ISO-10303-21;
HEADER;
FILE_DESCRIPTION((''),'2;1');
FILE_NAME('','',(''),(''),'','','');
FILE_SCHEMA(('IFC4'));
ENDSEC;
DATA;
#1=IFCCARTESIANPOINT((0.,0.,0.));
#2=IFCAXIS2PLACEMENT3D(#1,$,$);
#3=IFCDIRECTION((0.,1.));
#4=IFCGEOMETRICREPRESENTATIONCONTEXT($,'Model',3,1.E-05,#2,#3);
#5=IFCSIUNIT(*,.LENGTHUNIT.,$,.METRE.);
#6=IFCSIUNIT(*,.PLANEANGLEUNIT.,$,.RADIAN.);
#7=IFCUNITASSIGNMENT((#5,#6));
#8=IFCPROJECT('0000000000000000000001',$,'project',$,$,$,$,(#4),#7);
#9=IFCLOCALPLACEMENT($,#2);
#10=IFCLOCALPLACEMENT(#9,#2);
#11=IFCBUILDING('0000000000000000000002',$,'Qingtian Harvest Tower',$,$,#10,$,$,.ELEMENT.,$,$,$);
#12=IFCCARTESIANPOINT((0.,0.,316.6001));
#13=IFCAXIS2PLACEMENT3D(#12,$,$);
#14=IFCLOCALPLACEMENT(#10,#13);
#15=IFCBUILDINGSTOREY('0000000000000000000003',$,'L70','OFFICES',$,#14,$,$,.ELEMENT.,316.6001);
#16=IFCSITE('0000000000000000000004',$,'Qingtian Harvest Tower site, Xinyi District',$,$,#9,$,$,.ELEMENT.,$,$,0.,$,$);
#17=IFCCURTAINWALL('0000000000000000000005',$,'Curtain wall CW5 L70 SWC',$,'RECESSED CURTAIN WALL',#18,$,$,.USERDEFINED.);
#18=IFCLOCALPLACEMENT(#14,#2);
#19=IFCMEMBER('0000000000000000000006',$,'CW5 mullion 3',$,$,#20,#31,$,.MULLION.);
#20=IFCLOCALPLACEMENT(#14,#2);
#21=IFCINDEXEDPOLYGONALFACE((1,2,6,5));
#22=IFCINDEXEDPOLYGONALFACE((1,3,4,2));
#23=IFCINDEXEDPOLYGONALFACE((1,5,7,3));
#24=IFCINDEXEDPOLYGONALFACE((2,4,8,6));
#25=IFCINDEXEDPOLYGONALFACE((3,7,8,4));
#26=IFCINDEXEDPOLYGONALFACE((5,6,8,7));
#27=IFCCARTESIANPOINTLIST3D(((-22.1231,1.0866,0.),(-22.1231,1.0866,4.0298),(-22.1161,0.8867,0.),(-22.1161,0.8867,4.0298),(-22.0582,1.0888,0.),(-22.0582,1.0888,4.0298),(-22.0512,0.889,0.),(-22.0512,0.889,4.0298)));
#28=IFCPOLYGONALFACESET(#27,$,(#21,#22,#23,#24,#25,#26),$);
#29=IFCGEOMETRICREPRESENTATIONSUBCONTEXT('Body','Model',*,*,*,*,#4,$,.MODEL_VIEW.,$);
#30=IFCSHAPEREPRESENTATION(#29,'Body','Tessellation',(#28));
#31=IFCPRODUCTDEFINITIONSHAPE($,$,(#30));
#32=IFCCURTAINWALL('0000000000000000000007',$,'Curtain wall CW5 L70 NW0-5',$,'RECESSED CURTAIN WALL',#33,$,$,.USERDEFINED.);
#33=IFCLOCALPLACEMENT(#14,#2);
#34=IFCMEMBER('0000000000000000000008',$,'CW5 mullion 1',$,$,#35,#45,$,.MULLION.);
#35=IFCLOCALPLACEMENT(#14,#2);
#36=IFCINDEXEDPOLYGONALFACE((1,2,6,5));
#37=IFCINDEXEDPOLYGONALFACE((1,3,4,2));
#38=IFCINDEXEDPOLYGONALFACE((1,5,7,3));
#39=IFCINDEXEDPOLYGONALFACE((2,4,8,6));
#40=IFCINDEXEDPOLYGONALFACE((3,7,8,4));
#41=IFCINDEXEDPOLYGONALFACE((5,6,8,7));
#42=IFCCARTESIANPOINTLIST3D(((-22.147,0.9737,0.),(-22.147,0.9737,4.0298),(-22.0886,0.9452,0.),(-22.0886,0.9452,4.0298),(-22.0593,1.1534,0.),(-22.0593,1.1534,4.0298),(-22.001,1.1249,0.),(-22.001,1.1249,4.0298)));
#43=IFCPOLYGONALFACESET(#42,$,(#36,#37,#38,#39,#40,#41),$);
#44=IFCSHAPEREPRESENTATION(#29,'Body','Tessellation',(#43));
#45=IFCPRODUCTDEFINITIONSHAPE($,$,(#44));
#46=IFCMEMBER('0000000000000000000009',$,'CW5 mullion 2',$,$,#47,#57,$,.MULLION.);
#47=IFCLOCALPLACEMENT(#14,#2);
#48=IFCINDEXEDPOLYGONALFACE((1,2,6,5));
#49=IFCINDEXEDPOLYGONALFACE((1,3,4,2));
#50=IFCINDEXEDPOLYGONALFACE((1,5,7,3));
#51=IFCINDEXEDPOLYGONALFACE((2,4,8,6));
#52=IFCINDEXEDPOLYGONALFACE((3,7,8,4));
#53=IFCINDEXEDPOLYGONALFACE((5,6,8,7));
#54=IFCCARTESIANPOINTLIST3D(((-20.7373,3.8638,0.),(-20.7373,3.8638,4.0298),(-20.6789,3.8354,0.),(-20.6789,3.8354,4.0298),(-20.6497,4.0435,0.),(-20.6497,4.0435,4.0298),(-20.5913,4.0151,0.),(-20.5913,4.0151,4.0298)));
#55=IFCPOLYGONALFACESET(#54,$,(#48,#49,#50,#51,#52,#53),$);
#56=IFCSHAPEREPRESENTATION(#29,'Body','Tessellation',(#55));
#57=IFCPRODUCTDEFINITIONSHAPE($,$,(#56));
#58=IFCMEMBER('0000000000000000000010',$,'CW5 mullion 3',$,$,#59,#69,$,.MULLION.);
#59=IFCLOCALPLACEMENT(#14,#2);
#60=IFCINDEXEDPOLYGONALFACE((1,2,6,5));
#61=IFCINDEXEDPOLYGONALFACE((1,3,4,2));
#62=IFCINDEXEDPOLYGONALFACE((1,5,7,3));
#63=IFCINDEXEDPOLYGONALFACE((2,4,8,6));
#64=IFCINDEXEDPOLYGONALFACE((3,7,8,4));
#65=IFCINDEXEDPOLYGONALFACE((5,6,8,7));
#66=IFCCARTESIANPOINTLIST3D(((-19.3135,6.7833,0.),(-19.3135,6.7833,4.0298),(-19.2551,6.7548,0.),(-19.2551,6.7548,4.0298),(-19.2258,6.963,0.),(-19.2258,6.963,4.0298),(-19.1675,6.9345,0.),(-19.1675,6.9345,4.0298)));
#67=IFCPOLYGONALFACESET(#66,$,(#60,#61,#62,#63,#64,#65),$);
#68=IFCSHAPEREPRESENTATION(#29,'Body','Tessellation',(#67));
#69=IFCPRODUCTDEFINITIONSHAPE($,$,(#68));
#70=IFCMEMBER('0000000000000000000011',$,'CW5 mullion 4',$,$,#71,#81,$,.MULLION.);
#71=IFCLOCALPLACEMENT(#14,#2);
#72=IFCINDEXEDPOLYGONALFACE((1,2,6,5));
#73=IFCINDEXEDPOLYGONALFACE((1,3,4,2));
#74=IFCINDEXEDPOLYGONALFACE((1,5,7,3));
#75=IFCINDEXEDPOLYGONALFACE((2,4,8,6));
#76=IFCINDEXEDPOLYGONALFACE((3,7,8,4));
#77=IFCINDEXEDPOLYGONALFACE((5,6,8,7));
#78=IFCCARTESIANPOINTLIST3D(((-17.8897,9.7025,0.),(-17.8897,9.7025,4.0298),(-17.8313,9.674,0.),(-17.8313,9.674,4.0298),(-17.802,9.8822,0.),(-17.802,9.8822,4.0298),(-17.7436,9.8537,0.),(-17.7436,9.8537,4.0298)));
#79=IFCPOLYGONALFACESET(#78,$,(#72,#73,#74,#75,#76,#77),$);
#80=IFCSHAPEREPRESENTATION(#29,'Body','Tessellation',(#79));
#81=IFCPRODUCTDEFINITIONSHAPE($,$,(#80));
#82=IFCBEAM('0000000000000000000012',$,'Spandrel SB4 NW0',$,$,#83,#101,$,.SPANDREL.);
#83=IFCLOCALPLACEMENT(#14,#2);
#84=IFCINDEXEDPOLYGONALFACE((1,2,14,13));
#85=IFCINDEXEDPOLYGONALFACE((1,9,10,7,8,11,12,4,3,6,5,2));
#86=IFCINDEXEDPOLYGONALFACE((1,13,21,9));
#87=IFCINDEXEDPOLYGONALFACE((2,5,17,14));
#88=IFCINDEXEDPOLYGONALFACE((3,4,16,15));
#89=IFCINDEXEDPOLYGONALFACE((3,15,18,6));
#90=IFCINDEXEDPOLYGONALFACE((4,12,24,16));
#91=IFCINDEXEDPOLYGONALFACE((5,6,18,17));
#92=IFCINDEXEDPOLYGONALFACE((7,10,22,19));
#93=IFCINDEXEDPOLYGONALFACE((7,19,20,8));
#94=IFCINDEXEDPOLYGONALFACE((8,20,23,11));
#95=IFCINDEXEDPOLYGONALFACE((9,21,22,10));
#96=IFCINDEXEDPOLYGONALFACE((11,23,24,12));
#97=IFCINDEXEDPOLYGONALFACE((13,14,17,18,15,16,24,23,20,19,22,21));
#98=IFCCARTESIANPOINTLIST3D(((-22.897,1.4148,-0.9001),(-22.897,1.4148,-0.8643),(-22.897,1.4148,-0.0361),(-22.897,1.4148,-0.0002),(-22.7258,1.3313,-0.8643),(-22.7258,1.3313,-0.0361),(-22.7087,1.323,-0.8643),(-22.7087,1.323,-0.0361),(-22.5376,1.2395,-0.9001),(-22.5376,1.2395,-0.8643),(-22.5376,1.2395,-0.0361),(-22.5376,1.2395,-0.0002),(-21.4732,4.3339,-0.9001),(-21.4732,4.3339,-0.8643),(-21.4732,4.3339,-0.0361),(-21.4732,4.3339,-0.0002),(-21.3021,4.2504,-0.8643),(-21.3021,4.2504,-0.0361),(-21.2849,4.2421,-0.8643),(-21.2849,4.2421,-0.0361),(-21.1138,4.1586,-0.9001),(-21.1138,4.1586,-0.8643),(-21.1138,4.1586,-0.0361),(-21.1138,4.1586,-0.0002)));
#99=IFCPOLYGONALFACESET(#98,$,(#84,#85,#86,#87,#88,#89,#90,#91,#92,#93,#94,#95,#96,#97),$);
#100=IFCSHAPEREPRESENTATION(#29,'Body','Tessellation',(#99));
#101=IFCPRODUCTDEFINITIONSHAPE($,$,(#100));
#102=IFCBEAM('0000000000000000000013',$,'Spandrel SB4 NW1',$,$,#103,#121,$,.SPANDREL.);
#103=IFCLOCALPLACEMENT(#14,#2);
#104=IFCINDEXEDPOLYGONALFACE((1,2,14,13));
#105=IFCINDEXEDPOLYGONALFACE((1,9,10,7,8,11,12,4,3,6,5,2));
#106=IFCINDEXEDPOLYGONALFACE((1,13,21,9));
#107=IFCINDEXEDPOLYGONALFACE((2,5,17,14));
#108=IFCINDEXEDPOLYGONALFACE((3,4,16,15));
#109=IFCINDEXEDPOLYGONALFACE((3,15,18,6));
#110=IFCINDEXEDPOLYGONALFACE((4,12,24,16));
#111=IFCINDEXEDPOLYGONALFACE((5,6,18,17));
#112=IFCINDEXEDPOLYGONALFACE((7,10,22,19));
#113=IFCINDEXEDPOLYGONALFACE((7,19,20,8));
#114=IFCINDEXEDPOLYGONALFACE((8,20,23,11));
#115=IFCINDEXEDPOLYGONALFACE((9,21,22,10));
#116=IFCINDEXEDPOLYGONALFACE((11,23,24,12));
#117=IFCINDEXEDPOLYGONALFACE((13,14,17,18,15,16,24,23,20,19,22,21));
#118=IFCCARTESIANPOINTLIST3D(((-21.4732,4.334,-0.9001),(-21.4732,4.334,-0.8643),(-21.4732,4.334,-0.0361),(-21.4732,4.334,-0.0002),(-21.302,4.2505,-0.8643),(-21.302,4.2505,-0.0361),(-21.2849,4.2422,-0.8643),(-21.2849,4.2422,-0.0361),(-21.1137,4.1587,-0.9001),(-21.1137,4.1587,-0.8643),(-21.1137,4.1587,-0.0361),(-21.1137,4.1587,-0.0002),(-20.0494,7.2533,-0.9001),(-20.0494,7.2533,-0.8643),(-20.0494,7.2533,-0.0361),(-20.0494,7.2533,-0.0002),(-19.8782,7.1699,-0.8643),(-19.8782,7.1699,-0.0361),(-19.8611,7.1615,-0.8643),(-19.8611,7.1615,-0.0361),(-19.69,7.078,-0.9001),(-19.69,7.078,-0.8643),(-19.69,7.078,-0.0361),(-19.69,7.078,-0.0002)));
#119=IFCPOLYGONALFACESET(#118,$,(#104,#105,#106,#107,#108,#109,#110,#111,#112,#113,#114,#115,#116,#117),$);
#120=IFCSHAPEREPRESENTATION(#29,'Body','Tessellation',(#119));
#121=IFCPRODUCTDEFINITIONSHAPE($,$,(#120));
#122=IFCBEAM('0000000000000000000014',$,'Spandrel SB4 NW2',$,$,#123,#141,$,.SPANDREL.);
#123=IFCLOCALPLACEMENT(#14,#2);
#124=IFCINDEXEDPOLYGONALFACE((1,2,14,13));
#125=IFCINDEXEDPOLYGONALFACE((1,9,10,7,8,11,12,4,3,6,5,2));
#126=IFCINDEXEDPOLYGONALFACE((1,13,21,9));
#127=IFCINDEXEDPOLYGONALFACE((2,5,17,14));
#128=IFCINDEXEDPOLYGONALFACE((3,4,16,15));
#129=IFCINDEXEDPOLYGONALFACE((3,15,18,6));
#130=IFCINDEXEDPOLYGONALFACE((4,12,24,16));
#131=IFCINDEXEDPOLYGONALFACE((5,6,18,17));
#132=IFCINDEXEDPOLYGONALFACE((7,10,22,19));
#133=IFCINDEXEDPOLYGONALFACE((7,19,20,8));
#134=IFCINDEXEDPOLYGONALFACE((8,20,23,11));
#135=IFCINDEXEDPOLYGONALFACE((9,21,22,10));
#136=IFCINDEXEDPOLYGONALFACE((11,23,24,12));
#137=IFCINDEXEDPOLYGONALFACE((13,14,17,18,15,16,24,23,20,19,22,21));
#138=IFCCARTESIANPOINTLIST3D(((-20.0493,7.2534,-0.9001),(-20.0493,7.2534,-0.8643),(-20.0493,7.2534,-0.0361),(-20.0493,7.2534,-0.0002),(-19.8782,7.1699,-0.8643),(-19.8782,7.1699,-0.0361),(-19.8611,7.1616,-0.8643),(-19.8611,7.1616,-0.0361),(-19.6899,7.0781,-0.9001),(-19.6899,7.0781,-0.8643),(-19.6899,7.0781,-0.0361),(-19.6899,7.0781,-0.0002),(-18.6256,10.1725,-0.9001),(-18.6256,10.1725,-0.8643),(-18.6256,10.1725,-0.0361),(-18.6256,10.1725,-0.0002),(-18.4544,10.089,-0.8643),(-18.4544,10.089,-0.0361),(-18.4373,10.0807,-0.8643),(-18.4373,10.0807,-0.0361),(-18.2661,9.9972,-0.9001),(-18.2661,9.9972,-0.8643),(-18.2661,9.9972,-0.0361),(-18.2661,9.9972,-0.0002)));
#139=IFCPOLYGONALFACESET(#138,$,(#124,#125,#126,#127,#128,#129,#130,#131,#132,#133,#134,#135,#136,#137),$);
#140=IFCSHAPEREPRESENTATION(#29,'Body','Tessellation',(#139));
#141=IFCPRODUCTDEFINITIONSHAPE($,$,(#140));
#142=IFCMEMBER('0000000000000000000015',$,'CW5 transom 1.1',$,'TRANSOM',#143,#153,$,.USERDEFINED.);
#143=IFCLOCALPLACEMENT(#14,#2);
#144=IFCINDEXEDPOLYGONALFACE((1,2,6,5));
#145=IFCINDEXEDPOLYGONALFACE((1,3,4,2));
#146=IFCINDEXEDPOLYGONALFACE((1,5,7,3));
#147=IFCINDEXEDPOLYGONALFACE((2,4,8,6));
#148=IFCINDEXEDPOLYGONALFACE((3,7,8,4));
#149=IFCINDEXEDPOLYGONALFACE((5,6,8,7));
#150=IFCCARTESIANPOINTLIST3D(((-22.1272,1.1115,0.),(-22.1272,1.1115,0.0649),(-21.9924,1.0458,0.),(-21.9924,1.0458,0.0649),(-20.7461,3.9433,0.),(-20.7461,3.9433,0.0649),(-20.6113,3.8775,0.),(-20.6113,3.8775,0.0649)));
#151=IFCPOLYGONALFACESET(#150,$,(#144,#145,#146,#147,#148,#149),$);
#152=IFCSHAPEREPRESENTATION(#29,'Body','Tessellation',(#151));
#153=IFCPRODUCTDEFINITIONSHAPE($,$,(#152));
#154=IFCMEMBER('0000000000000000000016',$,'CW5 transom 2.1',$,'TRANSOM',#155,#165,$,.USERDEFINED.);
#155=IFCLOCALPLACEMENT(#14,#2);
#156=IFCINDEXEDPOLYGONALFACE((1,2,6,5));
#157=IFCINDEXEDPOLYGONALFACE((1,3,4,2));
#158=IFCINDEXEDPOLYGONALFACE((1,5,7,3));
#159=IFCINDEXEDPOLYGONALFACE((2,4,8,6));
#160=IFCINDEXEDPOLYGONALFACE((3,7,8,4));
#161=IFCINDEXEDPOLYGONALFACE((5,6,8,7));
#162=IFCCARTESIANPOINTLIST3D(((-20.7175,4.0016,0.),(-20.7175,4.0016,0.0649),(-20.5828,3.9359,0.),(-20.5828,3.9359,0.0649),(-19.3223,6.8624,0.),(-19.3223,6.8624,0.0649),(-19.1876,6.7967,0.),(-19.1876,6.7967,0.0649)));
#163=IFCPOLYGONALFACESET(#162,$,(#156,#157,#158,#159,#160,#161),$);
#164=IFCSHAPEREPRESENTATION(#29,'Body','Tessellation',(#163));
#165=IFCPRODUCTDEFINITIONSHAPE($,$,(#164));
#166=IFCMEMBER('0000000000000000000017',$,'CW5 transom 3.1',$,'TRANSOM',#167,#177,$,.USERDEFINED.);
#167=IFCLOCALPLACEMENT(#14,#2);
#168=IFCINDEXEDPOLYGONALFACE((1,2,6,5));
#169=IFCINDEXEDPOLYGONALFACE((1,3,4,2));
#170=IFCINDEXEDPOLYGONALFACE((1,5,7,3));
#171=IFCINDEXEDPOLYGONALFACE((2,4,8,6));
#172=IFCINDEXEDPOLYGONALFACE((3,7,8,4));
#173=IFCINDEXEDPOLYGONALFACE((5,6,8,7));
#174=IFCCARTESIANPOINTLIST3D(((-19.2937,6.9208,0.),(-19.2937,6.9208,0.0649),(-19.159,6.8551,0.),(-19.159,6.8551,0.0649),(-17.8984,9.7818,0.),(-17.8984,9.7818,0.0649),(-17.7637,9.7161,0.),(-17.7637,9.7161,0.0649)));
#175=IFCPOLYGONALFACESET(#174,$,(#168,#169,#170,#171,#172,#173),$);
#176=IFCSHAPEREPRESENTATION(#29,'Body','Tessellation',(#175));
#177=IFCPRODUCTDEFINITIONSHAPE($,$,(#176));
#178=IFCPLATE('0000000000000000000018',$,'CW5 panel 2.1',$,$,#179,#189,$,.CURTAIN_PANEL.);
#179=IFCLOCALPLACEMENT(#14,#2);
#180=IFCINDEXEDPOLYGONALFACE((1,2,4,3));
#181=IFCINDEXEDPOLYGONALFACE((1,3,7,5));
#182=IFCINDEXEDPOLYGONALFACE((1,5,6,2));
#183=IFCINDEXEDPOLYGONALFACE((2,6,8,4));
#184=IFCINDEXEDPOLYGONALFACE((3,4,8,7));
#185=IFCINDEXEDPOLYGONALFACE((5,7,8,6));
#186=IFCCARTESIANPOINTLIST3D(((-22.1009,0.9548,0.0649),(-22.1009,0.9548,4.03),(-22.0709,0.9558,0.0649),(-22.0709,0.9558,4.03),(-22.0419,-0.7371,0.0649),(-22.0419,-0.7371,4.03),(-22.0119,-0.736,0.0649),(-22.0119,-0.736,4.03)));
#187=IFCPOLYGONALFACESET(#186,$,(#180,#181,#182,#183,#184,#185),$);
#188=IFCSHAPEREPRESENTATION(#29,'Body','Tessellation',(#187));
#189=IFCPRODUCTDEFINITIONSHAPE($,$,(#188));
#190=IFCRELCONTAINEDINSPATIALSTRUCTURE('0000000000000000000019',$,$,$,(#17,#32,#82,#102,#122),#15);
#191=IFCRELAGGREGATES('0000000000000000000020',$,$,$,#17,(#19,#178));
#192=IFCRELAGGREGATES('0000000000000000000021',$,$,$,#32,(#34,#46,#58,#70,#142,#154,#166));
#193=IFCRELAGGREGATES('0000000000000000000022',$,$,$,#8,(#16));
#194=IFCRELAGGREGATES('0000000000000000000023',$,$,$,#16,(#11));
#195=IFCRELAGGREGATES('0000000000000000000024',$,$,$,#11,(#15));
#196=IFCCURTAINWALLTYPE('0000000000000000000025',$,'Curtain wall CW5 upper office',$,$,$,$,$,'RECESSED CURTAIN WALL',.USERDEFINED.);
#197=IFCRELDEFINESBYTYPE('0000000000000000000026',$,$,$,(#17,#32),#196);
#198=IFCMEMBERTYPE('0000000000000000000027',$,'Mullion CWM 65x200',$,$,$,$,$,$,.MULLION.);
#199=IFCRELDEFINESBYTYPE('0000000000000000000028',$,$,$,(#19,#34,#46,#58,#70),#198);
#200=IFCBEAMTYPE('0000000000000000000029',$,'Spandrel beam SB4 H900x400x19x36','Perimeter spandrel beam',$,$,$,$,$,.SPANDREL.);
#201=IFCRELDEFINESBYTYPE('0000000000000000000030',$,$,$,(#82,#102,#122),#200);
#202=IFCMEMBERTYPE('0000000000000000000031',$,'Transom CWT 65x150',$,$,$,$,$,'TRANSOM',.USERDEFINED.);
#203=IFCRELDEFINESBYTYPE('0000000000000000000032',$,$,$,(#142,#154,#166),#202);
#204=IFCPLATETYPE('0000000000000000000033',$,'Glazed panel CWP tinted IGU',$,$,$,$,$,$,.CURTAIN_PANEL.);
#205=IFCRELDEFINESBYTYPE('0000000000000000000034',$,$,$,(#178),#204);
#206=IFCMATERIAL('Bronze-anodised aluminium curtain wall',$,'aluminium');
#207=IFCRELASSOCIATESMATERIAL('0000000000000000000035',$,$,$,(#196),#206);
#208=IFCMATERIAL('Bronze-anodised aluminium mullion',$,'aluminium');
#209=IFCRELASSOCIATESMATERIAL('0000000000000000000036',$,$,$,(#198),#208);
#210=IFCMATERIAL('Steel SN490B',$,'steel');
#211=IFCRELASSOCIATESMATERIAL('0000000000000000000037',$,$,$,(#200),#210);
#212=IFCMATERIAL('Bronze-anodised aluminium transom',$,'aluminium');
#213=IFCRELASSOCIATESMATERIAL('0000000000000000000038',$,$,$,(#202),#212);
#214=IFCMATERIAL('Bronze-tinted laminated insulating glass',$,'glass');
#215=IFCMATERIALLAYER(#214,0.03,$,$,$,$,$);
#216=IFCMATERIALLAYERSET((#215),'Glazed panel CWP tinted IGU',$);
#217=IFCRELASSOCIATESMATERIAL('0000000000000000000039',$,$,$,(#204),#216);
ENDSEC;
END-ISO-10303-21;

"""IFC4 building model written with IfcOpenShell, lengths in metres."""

from ifc_helpers import new_model, si_unit, direction, frame, origin, origin_2d, place, context, subcontext, project, spatial, rectangle, i_section, extrude, material, layer, layer_set, material_profile, profile_set, type_object, element, aggregate, save


model = new_model("IFC4")

# Units and contexts
model_context = context("Model", 3, precision=1e-05, world=origin(), true_north=direction((0.0, 1.0)))
body_context = subcontext(model_context, "Body", "Model", "MODEL_VIEW")
ifc_project = project(units=[si_unit("LENGTHUNIT", "METRE"), si_unit("PLANEANGLEUNIT", "RADIAN")], contexts=[model_context])

# Site, building, storey
site_placement = place(None, origin())
site = spatial("IfcSite", under=ifc_project, at=site_placement, Name="Qingtian Harvest Tower site, Xinyi District", CompositionType="ELEMENT", RefElevation=0.0)
building_placement = place(site_placement, origin())
building = spatial("IfcBuilding", under=site, at=building_placement, Name="Qingtian Harvest Tower", CompositionType="ELEMENT")
storey_placement = place(building_placement, frame((0.0, 0.0, 316.6001)))
storey = spatial("IfcBuildingStorey", under=building, at=storey_placement, Name="L70", Description="OFFICES", CompositionType="ELEMENT", Elevation=316.6001)

# Curtain wall, member
ifc_material_1 = material(Name="Bronze-anodised aluminium curtain wall", Category="aluminium")
curtain_wall_type = type_object("IfcCurtainWallType", Name="Curtain wall CW5 upper office", ElementType="RECESSED CURTAIN WALL", PredefinedType="USERDEFINED", material=ifc_material_1)
curtain_wall_1_placement = place(storey_placement, origin())
curtain_wall_1 = element("IfcCurtainWall", 1, at=curtain_wall_1_placement, inside=storey, type_object=curtain_wall_type, Name="Curtain wall CW5 L70 SWC", ObjectType="RECESSED CURTAIN WALL", PredefinedType="USERDEFINED")
ifc_material_2 = material(Name="Bronze-anodised aluminium mullion", Category="aluminium")
ifc_material_profile_1 = material_profile(ifc_material_2, rectangle(XDim=0.0649, YDim=0.2, at=origin_2d()), Name="AL 65x200")
ifc_profile_set_1 = profile_set([ifc_material_profile_1], Name="Bronze-anodised aluminium mullion")
member_type_1 = type_object("IfcMemberType", Name="Mullion CWM 65x200", PredefinedType="MULLION", material=ifc_profile_set_1)
member_1_placement = place(storey_placement, frame((-22.0872, 0.9878, 0.0), z_axis=(0.0, 0.0, 1.0), x_axis=(-0.999391, -0.034899, 0.0)))
member_1 = element("IfcMember", 2, at=member_1_placement, type_object=member_type_1, Name="CW5 mullion 3", PredefinedType="MULLION", context=body_context, shape_type="SweptSolid", body=[
    extrude(rectangle(XDim=0.0649, YDim=0.2, at=origin_2d()), origin(), (0.0, 0.0, 1.0), 4.0298),
])

# Curtain wall, members
curtain_wall_2_placement = place(storey_placement, origin())
curtain_wall_2 = element("IfcCurtainWall", 3, at=curtain_wall_2_placement, inside=storey, type_object=curtain_wall_type, Name="Curtain wall CW5 L70 NW0-5", ObjectType="RECESSED CURTAIN WALL", PredefinedType="USERDEFINED")
member_2_placement = place(storey_placement, frame((-22.074, 1.0493, 0.0), z_axis=(0.0, 0.0, 1.0), x_axis=(-0.898794, 0.438371, 0.0)))
member_2 = element("IfcMember", 4, at=member_2_placement, type_object=member_type_1, Name="CW5 mullion 1", PredefinedType="MULLION", context=body_context, shape_type="SweptSolid", body=[
    extrude(rectangle(XDim=0.0649, YDim=0.2, at=origin_2d()), origin(), (0.0, 0.0, 1.0), 4.0298),
])
member_3_placement = place(storey_placement, frame((-20.6643, 3.9395, 0.0), z_axis=(0.0, 0.0, 1.0), x_axis=(-0.898794, 0.438371, 0.0)))
member_3 = element("IfcMember", 5, at=member_3_placement, type_object=member_type_1, Name="CW5 mullion 2", PredefinedType="MULLION", context=body_context, shape_type="SweptSolid", body=[
    extrude(rectangle(XDim=0.0649, YDim=0.2, at=origin_2d()), origin(), (0.0, 0.0, 1.0), 4.0298),
])
member_4_placement = place(storey_placement, frame((-19.2405, 6.8589, 0.0), z_axis=(0.0, 0.0, 1.0), x_axis=(-0.898794, 0.438371, 0.0)))
member_4 = element("IfcMember", 6, at=member_4_placement, type_object=member_type_1, Name="CW5 mullion 3", PredefinedType="MULLION", context=body_context, shape_type="SweptSolid", body=[
    extrude(rectangle(XDim=0.0649, YDim=0.2, at=origin_2d()), origin(), (0.0, 0.0, 1.0), 4.0298),
])
member_5_placement = place(storey_placement, frame((-17.8167, 9.7781, 0.0), z_axis=(0.0, 0.0, 1.0), x_axis=(-0.898794, 0.438371, 0.0)))
member_5 = element("IfcMember", 7, at=member_5_placement, type_object=member_type_1, Name="CW5 mullion 4", PredefinedType="MULLION", context=body_context, shape_type="SweptSolid", body=[
    extrude(rectangle(XDim=0.0649, YDim=0.2, at=origin_2d()), origin(), (0.0, 0.0, 1.0), 4.0298),
])

# Beams
ifc_material_3 = material(Name="Steel SN490B", Category="steel")
ifc_material_profile_2 = material_profile(ifc_material_3, i_section(OverallWidth=0.3999, OverallDepth=0.8999, WebThickness=0.019, FlangeThickness=0.0359, at=origin_2d()), Name="H900x400x19x36")
ifc_profile_set_2 = profile_set([ifc_material_profile_2], Name="Steel SN490B")
beam_type_1 = type_object("IfcBeamType", Name="Spandrel beam SB4 H900x400x19x36", Description="Perimeter spandrel beam", PredefinedType="SPANDREL", material=ifc_profile_set_2)
beam_1_placement = place(storey_placement, frame((-22.7173, 1.3271, -0.4502), z_axis=(0.438382, 0.898789, 0.0), x_axis=(-0.898789, 0.438382, 0.0)))
element("IfcBeam", 8, at=beam_1_placement, inside=storey, type_object=beam_type_1, Name="Spandrel SB4 NW0", PredefinedType="SPANDREL", context=body_context, shape_type="SweptSolid", body=[
    extrude(i_section(OverallWidth=0.3999, OverallDepth=0.8999, WebThickness=0.019, FlangeThickness=0.0359, at=origin_2d()), origin(), (0.0, 0.0, 1.0), 3.2478),
])
beam_2_placement = place(storey_placement, frame((-21.2935, 4.2463, -0.4502), z_axis=(0.438353, 0.898803, 0.0), x_axis=(-0.898803, 0.438353, 0.0)))
element("IfcBeam", 9, at=beam_2_placement, inside=storey, type_object=beam_type_1, Name="Spandrel SB4 NW1", PredefinedType="SPANDREL", context=body_context, shape_type="SweptSolid", body=[
    extrude(i_section(OverallWidth=0.3999, OverallDepth=0.8999, WebThickness=0.019, FlangeThickness=0.0359, at=origin_2d()), origin(), (0.0, 0.0, 1.0), 3.248),
])
beam_3_placement = place(storey_placement, frame((-19.8696, 7.1658, -0.4502), z_axis=(0.438382, 0.898789, 0.0), x_axis=(-0.898789, 0.438382, 0.0)))
element("IfcBeam", 10, at=beam_3_placement, inside=storey, type_object=beam_type_1, Name="Spandrel SB4 NW2", PredefinedType="SPANDREL", context=body_context, shape_type="SweptSolid", body=[
    extrude(i_section(OverallWidth=0.3999, OverallDepth=0.8999, WebThickness=0.019, FlangeThickness=0.0359, at=origin_2d()), origin(), (0.0, 0.0, 1.0), 3.2478),
])

# Members
ifc_material_4 = material(Name="Bronze-anodised aluminium transom", Category="aluminium")
ifc_material_profile_3 = material_profile(ifc_material_4, rectangle(XDim=0.1499, YDim=0.0649, at=origin_2d()), Name="AL 65x150")
ifc_profile_set_3 = profile_set([ifc_material_profile_3], Name="Bronze-anodised aluminium transom")
member_type_2 = type_object("IfcMemberType", Name="Transom CWT 65x150", ElementType="TRANSOM", PredefinedType="USERDEFINED", material=ifc_profile_set_3)
member_6_placement = place(storey_placement, frame((-22.0598, 1.0786, 0.0325), z_axis=(0.438358, 0.8988, 0.0), x_axis=(-0.8988, 0.438358, 0.0)))
member_6 = element("IfcMember", 11, at=member_6_placement, type_object=member_type_2, Name="CW5 transom 1.1", ObjectType="TRANSOM", PredefinedType="USERDEFINED", context=body_context, shape_type="SweptSolid", body=[
    extrude(rectangle(XDim=0.1499, YDim=0.0649, at=origin_2d()), origin(), (0.0, 0.0, 1.0), 3.1506),
])
member_7_placement = place(storey_placement, frame((-20.6501, 3.9688, 0.0325), z_axis=(0.438356, 0.898802, 0.0), x_axis=(-0.898802, 0.438356, 0.0)))
member_7 = element("IfcMember", 12, at=member_7_placement, type_object=member_type_2, Name="CW5 transom 2.1", ObjectType="TRANSOM", PredefinedType="USERDEFINED", context=body_context, shape_type="SweptSolid", body=[
    extrude(rectangle(XDim=0.1499, YDim=0.0649, at=origin_2d()), origin(), (0.0, 0.0, 1.0), 3.1829),
])
member_8_placement = place(storey_placement, frame((-19.2263, 6.8879, 0.0325), z_axis=(0.438325, 0.898816, 0.0), x_axis=(-0.898816, 0.438325, 0.0)))
member_8 = element("IfcMember", 13, at=member_8_placement, type_object=member_type_2, Name="CW5 transom 3.1", ObjectType="TRANSOM", PredefinedType="USERDEFINED", context=body_context, shape_type="SweptSolid", body=[
    extrude(rectangle(XDim=0.1499, YDim=0.0649, at=origin_2d()), origin(), (0.0, 0.0, 1.0), 3.1831),
])

# Plate
ifc_material_5 = material(Name="Bronze-tinted laminated insulating glass", Category="glass")
ifc_layer_1 = layer(ifc_material_5, 0.03)
ifc_layer_set_1 = layer_set([ifc_layer_1], Name="Glazed panel CWP tinted IGU")
plate_type = type_object("IfcPlateType", Name="Glazed panel CWP tinted IGU", PredefinedType="CURTAIN_PANEL", material=ifc_layer_set_1)
plate_1_placement = place(storey_placement, frame((-22.0564, 0.1094, 0.0649), z_axis=(0.0, 0.0, 1.0), x_axis=(-0.034899, 0.999391, 0.0)))
plate_1 = element("IfcPlate", 14, at=plate_1_placement, type_object=plate_type, Name="CW5 panel 2.1", PredefinedType="CURTAIN_PANEL", context=body_context, shape_type="SweptSolid", body=[
    extrude(rectangle(XDim=1.6929, YDim=0.03, at=origin_2d()), origin(), (0.0, 0.0, 1.0), 3.9651),
])
aggregate(curtain_wall_1, [member_1, plate_1])
aggregate(curtain_wall_2, [member_2, member_3, member_4, member_5, member_6, member_7, member_8])

save(model, "model.ifc")
